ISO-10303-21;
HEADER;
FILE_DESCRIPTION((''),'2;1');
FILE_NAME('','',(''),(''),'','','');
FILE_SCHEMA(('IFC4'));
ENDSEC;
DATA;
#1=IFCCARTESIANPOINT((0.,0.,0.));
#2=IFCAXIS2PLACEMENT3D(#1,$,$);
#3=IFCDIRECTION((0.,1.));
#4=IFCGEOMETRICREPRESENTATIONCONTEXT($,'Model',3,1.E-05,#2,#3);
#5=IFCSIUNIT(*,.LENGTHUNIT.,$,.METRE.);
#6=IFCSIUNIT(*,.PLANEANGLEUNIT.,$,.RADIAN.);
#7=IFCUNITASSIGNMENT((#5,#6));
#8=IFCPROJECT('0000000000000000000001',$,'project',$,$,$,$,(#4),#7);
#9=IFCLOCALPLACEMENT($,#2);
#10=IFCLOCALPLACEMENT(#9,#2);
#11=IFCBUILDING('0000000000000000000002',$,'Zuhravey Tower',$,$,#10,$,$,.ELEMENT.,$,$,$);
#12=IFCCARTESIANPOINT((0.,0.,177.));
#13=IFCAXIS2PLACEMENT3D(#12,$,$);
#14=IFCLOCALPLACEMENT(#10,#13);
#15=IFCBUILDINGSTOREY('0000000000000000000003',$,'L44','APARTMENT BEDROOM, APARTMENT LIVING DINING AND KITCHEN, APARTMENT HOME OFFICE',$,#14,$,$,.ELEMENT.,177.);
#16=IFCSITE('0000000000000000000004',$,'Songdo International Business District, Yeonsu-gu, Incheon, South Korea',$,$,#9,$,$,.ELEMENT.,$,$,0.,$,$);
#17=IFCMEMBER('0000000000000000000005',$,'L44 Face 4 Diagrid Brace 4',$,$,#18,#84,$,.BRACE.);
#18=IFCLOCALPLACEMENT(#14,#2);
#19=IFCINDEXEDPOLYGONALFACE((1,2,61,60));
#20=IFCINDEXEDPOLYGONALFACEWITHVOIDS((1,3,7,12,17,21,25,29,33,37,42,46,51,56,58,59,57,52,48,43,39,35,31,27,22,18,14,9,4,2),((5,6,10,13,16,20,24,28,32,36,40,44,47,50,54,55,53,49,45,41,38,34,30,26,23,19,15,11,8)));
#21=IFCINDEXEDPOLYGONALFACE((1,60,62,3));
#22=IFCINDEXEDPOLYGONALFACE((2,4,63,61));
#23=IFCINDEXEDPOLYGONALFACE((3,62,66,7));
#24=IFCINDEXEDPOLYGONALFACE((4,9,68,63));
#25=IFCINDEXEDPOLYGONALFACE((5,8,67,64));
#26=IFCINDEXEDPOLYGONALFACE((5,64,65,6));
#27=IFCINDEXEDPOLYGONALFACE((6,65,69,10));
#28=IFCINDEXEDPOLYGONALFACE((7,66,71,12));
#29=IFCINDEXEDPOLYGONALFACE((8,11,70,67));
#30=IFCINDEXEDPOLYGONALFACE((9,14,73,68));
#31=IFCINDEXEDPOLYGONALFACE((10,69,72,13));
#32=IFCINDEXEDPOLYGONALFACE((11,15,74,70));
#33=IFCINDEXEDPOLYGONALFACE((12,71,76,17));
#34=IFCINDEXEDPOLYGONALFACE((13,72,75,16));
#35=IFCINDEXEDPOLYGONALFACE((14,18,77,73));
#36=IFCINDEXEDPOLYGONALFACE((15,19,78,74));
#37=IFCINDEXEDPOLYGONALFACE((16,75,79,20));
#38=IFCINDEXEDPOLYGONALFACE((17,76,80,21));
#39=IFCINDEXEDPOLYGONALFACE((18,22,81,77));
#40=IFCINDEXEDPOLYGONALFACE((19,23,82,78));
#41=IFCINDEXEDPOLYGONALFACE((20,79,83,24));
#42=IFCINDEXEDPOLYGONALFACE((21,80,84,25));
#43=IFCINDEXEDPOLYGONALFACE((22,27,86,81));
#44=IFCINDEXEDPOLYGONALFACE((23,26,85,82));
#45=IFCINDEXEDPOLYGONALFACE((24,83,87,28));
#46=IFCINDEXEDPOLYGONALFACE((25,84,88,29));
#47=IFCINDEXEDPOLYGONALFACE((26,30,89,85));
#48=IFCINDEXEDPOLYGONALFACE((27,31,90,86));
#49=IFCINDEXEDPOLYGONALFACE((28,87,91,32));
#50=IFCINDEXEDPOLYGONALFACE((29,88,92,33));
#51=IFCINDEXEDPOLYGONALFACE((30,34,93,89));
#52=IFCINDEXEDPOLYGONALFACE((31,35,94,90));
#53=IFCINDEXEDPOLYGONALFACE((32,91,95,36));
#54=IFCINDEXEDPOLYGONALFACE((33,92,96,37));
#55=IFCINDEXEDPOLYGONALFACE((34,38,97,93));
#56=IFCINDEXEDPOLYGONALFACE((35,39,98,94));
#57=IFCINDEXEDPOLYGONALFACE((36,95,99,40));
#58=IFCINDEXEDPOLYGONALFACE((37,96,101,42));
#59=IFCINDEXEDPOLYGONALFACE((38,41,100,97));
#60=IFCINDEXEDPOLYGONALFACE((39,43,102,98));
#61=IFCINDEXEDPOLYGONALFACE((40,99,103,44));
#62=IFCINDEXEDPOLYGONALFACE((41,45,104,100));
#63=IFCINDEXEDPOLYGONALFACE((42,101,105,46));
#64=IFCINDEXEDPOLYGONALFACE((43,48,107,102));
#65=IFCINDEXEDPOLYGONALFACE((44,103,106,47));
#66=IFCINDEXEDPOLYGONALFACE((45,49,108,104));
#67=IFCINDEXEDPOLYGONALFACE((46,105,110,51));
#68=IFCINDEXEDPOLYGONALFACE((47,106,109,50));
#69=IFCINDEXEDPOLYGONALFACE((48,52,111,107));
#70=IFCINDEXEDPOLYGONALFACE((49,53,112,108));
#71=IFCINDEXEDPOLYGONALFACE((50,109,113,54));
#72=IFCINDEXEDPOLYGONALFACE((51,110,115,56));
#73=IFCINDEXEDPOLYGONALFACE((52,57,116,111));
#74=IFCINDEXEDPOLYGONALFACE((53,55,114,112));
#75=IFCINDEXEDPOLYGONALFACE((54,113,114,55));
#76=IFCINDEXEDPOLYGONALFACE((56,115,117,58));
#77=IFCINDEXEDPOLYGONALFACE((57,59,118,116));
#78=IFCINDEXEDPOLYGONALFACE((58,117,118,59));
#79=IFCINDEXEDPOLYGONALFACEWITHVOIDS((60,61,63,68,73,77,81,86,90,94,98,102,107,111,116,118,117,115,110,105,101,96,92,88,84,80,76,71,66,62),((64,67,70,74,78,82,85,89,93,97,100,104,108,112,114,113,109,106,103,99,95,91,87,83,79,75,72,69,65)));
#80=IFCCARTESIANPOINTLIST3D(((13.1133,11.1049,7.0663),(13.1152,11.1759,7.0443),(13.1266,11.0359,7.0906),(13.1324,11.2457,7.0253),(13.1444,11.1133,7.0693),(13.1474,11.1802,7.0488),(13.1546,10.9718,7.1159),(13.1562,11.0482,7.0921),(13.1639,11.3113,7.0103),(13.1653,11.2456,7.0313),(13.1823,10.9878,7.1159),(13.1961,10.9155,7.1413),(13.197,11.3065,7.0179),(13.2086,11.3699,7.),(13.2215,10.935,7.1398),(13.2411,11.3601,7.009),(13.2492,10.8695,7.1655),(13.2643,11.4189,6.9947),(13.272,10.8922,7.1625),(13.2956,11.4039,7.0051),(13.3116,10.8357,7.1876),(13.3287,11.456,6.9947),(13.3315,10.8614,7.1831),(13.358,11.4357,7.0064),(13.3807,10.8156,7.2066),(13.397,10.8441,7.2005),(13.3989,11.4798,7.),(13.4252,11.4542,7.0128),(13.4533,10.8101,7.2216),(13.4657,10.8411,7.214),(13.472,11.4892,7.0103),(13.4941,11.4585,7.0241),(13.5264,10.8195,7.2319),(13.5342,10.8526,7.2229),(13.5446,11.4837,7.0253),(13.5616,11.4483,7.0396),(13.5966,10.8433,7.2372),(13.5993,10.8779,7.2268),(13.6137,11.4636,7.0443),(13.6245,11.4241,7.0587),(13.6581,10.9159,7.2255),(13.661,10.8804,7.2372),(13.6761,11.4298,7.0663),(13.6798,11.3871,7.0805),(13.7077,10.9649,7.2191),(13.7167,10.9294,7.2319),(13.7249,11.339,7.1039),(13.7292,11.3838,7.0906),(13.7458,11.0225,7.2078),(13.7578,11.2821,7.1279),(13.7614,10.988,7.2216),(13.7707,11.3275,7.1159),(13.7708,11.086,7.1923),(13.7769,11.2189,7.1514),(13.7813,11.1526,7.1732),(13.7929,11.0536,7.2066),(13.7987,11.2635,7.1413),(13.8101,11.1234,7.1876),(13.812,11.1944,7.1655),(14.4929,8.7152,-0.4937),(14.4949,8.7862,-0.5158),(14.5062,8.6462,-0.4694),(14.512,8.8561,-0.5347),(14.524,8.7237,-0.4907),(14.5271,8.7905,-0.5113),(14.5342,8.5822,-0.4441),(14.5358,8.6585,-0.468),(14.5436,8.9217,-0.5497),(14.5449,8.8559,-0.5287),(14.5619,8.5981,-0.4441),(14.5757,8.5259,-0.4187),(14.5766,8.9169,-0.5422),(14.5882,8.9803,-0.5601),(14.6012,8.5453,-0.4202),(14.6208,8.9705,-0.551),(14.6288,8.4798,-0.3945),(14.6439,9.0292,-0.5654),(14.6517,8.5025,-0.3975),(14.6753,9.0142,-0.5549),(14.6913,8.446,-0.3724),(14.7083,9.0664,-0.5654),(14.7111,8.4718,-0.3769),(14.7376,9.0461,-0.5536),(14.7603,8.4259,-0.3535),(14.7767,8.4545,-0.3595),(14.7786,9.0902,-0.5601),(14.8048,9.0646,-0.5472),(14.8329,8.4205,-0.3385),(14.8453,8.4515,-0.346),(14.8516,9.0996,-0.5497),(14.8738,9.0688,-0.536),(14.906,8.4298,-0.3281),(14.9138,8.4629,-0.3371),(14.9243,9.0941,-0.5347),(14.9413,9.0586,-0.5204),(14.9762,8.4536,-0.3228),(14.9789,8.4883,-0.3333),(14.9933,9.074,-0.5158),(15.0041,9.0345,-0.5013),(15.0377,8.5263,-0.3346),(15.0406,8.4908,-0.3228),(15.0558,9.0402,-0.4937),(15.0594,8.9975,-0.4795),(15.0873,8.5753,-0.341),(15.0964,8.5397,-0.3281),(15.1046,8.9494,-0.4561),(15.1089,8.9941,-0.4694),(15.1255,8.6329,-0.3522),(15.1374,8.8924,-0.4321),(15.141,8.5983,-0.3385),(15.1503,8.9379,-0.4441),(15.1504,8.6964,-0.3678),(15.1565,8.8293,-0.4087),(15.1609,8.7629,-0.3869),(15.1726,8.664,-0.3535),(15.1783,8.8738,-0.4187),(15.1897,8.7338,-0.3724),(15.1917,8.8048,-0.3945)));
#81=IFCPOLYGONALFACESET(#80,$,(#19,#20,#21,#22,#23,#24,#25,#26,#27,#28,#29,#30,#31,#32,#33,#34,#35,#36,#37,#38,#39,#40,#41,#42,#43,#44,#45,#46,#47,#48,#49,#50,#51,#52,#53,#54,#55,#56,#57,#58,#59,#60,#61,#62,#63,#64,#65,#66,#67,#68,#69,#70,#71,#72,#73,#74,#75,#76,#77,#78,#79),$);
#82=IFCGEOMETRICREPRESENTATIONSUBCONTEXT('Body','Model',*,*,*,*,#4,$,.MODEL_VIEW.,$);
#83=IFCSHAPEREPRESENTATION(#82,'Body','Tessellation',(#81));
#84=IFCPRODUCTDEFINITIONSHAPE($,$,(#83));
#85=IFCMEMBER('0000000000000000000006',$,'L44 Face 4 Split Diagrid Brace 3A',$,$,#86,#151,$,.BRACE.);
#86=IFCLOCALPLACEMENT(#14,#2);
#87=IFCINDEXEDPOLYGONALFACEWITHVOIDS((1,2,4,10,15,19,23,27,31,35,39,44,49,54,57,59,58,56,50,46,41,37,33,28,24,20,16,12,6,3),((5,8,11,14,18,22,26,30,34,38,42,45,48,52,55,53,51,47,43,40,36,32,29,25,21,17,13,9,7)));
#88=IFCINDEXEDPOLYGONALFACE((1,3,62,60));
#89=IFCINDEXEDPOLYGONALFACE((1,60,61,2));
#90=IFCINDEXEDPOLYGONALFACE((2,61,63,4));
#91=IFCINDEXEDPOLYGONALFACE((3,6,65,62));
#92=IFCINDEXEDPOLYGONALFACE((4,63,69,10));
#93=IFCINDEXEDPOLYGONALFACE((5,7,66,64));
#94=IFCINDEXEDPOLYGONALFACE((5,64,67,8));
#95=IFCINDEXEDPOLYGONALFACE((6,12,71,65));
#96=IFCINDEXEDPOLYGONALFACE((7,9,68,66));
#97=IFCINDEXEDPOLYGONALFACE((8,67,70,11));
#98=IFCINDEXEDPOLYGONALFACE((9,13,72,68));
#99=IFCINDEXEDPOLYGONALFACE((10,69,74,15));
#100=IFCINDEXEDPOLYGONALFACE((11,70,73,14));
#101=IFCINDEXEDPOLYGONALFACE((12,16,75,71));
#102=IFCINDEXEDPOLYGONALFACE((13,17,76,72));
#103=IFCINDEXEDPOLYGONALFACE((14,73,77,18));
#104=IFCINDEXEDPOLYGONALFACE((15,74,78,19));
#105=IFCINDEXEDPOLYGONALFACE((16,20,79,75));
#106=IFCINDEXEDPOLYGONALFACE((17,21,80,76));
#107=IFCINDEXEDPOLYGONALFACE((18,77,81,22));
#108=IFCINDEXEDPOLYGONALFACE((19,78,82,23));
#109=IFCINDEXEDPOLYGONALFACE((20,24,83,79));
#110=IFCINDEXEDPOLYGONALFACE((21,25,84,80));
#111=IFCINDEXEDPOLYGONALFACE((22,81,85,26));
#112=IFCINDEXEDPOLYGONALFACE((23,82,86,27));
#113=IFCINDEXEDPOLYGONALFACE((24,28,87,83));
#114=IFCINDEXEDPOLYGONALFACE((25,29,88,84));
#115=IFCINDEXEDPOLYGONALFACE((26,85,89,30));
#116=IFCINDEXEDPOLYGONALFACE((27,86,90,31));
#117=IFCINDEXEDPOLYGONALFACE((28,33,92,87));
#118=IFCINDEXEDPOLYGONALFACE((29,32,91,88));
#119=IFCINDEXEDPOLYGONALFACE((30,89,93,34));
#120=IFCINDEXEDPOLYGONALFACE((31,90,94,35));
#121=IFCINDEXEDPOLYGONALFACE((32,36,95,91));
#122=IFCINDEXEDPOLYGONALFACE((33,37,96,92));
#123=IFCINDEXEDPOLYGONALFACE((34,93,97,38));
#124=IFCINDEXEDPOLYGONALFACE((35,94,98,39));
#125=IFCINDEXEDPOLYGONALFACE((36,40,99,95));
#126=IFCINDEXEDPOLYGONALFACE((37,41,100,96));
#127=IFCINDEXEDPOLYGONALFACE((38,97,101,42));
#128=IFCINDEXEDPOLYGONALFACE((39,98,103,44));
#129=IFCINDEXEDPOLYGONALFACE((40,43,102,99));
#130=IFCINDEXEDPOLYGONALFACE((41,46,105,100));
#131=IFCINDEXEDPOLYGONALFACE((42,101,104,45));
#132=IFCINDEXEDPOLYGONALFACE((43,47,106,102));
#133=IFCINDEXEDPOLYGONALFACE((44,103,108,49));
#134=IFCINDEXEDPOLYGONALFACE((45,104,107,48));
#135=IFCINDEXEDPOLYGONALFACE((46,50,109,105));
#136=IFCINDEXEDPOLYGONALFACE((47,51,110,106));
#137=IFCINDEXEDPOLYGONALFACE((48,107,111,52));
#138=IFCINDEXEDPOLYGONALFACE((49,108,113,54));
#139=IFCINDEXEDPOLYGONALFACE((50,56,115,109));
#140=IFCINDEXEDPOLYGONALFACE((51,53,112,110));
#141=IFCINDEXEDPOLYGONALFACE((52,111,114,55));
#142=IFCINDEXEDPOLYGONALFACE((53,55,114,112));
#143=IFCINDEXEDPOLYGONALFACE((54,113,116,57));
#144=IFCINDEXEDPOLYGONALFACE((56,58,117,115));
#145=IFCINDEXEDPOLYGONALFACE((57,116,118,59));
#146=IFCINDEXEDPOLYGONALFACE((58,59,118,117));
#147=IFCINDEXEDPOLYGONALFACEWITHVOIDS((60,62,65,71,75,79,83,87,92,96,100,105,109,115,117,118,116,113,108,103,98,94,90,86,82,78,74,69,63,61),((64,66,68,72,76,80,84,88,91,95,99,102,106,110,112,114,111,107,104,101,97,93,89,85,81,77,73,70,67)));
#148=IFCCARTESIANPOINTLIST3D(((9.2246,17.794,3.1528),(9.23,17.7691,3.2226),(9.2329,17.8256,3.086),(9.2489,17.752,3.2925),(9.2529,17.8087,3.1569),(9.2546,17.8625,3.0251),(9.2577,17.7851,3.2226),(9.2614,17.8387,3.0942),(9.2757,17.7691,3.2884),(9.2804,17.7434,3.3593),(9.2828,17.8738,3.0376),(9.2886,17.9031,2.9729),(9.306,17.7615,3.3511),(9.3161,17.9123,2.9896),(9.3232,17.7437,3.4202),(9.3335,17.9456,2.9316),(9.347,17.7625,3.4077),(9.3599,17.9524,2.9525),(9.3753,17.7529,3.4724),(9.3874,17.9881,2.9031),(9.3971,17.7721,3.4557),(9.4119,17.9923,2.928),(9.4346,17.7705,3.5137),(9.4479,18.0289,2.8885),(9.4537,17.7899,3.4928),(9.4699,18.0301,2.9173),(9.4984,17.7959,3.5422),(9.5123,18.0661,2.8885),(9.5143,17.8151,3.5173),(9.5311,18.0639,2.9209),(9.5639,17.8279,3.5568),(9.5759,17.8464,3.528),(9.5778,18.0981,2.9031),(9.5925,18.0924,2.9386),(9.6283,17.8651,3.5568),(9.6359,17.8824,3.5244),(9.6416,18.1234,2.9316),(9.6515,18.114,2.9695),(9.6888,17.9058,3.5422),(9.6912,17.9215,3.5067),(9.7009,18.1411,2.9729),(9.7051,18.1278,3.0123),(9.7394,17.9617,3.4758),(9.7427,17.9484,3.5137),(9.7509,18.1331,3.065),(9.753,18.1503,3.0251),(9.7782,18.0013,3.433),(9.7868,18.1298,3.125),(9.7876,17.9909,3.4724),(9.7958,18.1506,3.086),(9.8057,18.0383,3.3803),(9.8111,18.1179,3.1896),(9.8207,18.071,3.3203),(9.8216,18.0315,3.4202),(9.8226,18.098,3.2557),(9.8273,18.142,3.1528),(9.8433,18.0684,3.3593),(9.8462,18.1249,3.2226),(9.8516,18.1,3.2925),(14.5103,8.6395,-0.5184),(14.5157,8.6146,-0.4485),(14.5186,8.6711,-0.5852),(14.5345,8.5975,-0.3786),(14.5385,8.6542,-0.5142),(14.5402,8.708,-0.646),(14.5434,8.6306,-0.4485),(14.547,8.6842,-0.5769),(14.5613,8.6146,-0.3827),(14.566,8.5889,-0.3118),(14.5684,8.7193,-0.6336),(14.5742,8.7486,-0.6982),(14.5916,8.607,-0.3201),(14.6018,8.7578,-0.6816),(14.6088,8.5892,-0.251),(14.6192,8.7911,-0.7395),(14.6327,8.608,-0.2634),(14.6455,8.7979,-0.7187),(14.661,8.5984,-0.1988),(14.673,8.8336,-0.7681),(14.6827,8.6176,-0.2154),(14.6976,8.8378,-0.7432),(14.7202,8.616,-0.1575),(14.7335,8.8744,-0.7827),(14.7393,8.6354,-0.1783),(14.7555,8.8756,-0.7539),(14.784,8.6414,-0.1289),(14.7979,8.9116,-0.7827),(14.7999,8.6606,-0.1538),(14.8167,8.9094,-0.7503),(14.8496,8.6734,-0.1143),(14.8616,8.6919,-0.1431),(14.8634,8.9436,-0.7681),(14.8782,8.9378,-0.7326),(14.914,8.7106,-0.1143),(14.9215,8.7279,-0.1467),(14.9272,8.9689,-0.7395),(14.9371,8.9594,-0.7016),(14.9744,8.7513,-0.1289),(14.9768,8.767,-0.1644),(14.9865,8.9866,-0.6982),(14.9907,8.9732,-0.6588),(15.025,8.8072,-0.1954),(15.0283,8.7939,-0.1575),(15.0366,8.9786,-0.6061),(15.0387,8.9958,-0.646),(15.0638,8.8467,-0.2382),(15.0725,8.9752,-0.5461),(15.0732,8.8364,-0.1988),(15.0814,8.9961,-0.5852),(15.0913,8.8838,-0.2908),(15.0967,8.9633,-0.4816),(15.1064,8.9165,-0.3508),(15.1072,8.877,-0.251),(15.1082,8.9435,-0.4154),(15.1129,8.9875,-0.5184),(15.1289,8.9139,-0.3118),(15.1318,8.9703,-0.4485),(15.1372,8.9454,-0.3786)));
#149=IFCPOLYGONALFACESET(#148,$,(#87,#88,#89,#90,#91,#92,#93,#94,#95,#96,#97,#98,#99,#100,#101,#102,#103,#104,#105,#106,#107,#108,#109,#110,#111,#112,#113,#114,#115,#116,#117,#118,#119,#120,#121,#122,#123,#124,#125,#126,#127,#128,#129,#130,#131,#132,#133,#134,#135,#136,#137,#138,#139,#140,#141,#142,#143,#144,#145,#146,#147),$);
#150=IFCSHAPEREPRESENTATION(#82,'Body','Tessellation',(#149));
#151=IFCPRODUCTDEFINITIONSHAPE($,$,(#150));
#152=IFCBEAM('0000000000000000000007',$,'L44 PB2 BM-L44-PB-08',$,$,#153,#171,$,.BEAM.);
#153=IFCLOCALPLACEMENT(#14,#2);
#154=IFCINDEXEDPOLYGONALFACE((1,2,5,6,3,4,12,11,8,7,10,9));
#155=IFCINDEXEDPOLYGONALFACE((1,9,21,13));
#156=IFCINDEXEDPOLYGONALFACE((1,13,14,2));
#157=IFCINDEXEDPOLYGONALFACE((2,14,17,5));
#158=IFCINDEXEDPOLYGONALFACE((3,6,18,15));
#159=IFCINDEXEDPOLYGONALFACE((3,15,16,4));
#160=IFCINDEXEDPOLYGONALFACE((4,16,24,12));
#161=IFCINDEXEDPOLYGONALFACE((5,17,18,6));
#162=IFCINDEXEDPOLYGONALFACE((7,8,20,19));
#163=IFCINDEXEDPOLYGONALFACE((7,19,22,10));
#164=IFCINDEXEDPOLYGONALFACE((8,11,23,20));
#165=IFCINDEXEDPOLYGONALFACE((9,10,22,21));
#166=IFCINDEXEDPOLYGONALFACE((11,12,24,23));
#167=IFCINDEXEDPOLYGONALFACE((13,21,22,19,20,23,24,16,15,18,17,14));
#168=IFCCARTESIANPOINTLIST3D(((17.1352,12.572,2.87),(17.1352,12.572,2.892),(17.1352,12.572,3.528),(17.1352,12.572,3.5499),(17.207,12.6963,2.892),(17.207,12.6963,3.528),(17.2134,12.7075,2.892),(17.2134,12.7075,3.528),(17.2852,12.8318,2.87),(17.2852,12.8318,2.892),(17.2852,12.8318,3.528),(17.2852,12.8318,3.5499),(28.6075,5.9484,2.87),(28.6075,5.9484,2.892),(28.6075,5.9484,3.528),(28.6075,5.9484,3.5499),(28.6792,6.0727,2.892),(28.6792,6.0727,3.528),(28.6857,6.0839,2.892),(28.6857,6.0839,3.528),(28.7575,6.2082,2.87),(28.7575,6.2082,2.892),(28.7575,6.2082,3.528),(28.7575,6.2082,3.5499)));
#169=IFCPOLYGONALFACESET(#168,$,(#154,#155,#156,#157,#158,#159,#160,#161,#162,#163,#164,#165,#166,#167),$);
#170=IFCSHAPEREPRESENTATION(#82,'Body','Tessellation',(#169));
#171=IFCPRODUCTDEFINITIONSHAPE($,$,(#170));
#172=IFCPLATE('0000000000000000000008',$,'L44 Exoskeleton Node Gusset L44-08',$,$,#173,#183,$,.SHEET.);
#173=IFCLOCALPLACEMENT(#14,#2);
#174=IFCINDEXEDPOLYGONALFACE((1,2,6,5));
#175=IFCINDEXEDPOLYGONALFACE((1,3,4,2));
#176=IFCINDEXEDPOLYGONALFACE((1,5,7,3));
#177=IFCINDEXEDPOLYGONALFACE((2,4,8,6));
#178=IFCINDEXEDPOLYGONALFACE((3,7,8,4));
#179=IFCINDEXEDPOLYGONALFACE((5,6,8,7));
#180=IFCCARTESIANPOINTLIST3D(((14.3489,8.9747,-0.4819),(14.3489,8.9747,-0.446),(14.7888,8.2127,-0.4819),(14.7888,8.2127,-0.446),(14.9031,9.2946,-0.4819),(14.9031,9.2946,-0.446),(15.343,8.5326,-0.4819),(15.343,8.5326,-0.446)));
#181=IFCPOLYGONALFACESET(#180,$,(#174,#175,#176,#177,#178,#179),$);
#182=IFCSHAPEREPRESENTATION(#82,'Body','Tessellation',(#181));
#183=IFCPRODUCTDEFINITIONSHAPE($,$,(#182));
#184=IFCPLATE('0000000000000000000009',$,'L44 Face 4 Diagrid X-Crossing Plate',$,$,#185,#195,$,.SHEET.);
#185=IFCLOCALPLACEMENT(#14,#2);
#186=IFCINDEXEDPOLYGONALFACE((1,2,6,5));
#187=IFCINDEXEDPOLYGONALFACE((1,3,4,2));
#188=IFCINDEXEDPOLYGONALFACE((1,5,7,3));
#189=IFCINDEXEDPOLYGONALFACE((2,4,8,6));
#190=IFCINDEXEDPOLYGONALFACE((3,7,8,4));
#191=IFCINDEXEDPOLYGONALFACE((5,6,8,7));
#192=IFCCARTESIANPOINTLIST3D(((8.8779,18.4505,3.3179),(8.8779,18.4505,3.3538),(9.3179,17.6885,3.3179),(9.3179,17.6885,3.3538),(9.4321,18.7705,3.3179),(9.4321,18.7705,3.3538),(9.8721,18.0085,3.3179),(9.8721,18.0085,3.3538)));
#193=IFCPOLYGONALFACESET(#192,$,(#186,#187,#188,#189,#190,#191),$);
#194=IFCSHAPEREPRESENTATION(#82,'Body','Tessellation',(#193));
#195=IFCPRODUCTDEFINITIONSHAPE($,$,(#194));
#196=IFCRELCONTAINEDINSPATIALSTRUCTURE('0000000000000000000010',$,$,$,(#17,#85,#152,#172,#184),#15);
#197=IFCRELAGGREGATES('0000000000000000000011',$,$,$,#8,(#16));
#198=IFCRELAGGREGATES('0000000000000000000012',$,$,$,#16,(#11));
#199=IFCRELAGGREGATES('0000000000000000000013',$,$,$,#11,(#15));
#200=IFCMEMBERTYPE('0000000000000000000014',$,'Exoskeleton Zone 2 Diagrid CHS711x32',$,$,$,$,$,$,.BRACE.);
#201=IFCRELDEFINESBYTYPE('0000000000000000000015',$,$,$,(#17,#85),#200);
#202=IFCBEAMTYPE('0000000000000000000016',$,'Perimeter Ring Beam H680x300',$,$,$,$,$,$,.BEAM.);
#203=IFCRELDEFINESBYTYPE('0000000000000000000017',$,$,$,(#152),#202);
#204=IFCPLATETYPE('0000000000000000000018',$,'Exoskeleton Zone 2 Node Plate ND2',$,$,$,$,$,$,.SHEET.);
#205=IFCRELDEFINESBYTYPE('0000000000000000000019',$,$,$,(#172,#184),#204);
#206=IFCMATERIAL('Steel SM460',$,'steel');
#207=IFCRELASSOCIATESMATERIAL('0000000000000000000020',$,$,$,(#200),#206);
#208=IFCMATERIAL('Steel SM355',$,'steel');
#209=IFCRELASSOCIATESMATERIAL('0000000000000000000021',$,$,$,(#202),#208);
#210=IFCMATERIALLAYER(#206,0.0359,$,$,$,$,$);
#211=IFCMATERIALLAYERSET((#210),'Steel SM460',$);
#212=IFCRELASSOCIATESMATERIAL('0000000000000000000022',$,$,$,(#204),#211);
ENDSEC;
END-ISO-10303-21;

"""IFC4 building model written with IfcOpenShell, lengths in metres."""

from ifc_helpers import new_model, si_unit, direction, frame, origin, origin_2d, place, context, subcontext, project, spatial, rectangle, hollow_circle, i_section, extrude, material, layer, layer_set, material_profile, profile_set, type_object, element, save


model = new_model("IFC4")

# Units and contexts
model_context = context("Model", 3, precision=1e-05, world=origin(), true_north=direction((0.0, 1.0)))
body_context = subcontext(model_context, "Body", "Model", "MODEL_VIEW")
ifc_project = project(units=[si_unit("LENGTHUNIT", "METRE"), si_unit("PLANEANGLEUNIT", "RADIAN")], contexts=[model_context])

# Site, building, storey
site_placement = place(None, origin())
site = spatial("IfcSite", under=ifc_project, at=site_placement, Name="Songdo International Business District, Yeonsu-gu, Incheon, South Korea", CompositionType="ELEMENT", RefElevation=0.0)
building_placement = place(site_placement, origin())
building = spatial("IfcBuilding", under=site, at=building_placement, Name="Zuhravey Tower", CompositionType="ELEMENT")
storey_placement = place(building_placement, frame((0.0, 0.0, 177.0)))
storey = spatial("IfcBuildingStorey", under=building, at=storey_placement, Name="L44", Description="APARTMENT BEDROOM, APARTMENT LIVING DINING AND KITCHEN, APARTMENT HOME OFFICE", CompositionType="ELEMENT", Elevation=177.0)

# Members
ifc_material_1 = material(Name="Steel SM460", Category="steel")
ifc_material_profile_1 = material_profile(ifc_material_1, hollow_circle(Radius=0.3557, WallThickness=0.032, at=origin_2d()), Name="CHS-711.2x32")
ifc_profile_set_1 = profile_set([ifc_material_profile_1], Name="Steel SM460")
member_type_1 = type_object("IfcMemberType", Name="Exoskeleton Zone 2 Diagrid CHS711x32", PredefinedType="BRACE", material=ifc_profile_set_1)
member_1_placement = place(storey_placement, frame((14.8423, 8.76, -0.4441), z_axis=(-0.171429, 0.296929, 0.939386), x_axis=(-0.866029, -0.499993, 0.0)))
element("IfcMember", 1, at=member_1_placement, inside=storey, type_object=member_type_1, Name="L44 Face 4 Diagrid Brace 4", PredefinedType="BRACE", context=body_context, shape_type="SweptSolid", body=[
    extrude(hollow_circle(Radius=0.3557, WallThickness=0.032, at=origin_2d()), origin(), (0.0, 0.0, 1.0), 8.0479),
])
member_2_placement = place(storey_placement, frame((14.8237, 8.7925, -0.4485), z_axis=(-0.472345, 0.818084, 0.328067), x_axis=(-0.866014, -0.500019, 0.0)))
element("IfcMember", 2, at=member_2_placement, inside=storey, type_object=member_type_1, Name="L44 Face 4 Split Diagrid Brace 3A", PredefinedType="BRACE", context=body_context, shape_type="SweptSolid", body=[
    extrude(hollow_circle(Radius=0.3557, WallThickness=0.032, at=origin_2d()), origin(), (0.0, 0.0, 1.0), 11.1902),
])

# Beam
ifc_material_2 = material(Name="Steel SM355", Category="steel")
ifc_material_profile_2 = material_profile(ifc_material_2, i_section(OverallWidth=0.3, OverallDepth=0.6799, WebThickness=0.0129, FlangeThickness=0.022, at=origin_2d()), Name="H-680x300x13x22")
ifc_profile_set_2 = profile_set([ifc_material_profile_2], Name="Steel SM355")
beam_type = type_object("IfcBeamType", Name="Perimeter Ring Beam H680x300", PredefinedType="BEAM", material=ifc_profile_set_2)
beam_placement = place(storey_placement, frame((17.2102, 12.7019, 3.21), z_axis=(0.866023, -0.500004, 0.0), x_axis=(0.500004, 0.866023, 0.0)))
element("IfcBeam", 3, at=beam_placement, inside=storey, type_object=beam_type, Name="L44 PB2 BM-L44-PB-08", PredefinedType="BEAM", context=body_context, shape_type="SweptSolid", body=[
    extrude(i_section(OverallWidth=0.3, OverallDepth=0.6799, WebThickness=0.0129, FlangeThickness=0.022, at=origin_2d()), origin(), (0.0, 0.0, 1.0), 13.2471),
])

# Plates
ifc_layer_1 = layer(ifc_material_1, 0.0359)
ifc_layer_set_1 = layer_set([ifc_layer_1], Name="Steel SM460")
plate_type_1 = type_object("IfcPlateType", Name="Exoskeleton Zone 2 Node Plate ND2", PredefinedType="SHEET", material=ifc_layer_set_1)
for number, where, z_axis, x_axis, name in (
    (4, (14.8459, 8.7537, -0.4819), (0.0, 0.0, 1.0), (0.5, -0.866025, 0.0), "L44 Exoskeleton Node Gusset L44-08"),
    (5, (9.375, 18.2295, 3.3179), (0.0, 0.0, 1.0), (0.5, -0.866025, 0.0), "L44 Face 4 Diagrid X-Crossing Plate"),
):
    element("IfcPlate", number, at=place(storey_placement, frame(where, z_axis=z_axis, x_axis=x_axis)), inside=storey, type_object=plate_type_1, Name=name, PredefinedType="SHEET", context=body_context, shape_type="SweptSolid", body=[
        extrude(rectangle(XDim=0.8799, YDim=0.6399, at=origin_2d()), origin(), (0.0, 0.0, 1.0), 0.0359),
    ])

save(model, "model.ifc")
